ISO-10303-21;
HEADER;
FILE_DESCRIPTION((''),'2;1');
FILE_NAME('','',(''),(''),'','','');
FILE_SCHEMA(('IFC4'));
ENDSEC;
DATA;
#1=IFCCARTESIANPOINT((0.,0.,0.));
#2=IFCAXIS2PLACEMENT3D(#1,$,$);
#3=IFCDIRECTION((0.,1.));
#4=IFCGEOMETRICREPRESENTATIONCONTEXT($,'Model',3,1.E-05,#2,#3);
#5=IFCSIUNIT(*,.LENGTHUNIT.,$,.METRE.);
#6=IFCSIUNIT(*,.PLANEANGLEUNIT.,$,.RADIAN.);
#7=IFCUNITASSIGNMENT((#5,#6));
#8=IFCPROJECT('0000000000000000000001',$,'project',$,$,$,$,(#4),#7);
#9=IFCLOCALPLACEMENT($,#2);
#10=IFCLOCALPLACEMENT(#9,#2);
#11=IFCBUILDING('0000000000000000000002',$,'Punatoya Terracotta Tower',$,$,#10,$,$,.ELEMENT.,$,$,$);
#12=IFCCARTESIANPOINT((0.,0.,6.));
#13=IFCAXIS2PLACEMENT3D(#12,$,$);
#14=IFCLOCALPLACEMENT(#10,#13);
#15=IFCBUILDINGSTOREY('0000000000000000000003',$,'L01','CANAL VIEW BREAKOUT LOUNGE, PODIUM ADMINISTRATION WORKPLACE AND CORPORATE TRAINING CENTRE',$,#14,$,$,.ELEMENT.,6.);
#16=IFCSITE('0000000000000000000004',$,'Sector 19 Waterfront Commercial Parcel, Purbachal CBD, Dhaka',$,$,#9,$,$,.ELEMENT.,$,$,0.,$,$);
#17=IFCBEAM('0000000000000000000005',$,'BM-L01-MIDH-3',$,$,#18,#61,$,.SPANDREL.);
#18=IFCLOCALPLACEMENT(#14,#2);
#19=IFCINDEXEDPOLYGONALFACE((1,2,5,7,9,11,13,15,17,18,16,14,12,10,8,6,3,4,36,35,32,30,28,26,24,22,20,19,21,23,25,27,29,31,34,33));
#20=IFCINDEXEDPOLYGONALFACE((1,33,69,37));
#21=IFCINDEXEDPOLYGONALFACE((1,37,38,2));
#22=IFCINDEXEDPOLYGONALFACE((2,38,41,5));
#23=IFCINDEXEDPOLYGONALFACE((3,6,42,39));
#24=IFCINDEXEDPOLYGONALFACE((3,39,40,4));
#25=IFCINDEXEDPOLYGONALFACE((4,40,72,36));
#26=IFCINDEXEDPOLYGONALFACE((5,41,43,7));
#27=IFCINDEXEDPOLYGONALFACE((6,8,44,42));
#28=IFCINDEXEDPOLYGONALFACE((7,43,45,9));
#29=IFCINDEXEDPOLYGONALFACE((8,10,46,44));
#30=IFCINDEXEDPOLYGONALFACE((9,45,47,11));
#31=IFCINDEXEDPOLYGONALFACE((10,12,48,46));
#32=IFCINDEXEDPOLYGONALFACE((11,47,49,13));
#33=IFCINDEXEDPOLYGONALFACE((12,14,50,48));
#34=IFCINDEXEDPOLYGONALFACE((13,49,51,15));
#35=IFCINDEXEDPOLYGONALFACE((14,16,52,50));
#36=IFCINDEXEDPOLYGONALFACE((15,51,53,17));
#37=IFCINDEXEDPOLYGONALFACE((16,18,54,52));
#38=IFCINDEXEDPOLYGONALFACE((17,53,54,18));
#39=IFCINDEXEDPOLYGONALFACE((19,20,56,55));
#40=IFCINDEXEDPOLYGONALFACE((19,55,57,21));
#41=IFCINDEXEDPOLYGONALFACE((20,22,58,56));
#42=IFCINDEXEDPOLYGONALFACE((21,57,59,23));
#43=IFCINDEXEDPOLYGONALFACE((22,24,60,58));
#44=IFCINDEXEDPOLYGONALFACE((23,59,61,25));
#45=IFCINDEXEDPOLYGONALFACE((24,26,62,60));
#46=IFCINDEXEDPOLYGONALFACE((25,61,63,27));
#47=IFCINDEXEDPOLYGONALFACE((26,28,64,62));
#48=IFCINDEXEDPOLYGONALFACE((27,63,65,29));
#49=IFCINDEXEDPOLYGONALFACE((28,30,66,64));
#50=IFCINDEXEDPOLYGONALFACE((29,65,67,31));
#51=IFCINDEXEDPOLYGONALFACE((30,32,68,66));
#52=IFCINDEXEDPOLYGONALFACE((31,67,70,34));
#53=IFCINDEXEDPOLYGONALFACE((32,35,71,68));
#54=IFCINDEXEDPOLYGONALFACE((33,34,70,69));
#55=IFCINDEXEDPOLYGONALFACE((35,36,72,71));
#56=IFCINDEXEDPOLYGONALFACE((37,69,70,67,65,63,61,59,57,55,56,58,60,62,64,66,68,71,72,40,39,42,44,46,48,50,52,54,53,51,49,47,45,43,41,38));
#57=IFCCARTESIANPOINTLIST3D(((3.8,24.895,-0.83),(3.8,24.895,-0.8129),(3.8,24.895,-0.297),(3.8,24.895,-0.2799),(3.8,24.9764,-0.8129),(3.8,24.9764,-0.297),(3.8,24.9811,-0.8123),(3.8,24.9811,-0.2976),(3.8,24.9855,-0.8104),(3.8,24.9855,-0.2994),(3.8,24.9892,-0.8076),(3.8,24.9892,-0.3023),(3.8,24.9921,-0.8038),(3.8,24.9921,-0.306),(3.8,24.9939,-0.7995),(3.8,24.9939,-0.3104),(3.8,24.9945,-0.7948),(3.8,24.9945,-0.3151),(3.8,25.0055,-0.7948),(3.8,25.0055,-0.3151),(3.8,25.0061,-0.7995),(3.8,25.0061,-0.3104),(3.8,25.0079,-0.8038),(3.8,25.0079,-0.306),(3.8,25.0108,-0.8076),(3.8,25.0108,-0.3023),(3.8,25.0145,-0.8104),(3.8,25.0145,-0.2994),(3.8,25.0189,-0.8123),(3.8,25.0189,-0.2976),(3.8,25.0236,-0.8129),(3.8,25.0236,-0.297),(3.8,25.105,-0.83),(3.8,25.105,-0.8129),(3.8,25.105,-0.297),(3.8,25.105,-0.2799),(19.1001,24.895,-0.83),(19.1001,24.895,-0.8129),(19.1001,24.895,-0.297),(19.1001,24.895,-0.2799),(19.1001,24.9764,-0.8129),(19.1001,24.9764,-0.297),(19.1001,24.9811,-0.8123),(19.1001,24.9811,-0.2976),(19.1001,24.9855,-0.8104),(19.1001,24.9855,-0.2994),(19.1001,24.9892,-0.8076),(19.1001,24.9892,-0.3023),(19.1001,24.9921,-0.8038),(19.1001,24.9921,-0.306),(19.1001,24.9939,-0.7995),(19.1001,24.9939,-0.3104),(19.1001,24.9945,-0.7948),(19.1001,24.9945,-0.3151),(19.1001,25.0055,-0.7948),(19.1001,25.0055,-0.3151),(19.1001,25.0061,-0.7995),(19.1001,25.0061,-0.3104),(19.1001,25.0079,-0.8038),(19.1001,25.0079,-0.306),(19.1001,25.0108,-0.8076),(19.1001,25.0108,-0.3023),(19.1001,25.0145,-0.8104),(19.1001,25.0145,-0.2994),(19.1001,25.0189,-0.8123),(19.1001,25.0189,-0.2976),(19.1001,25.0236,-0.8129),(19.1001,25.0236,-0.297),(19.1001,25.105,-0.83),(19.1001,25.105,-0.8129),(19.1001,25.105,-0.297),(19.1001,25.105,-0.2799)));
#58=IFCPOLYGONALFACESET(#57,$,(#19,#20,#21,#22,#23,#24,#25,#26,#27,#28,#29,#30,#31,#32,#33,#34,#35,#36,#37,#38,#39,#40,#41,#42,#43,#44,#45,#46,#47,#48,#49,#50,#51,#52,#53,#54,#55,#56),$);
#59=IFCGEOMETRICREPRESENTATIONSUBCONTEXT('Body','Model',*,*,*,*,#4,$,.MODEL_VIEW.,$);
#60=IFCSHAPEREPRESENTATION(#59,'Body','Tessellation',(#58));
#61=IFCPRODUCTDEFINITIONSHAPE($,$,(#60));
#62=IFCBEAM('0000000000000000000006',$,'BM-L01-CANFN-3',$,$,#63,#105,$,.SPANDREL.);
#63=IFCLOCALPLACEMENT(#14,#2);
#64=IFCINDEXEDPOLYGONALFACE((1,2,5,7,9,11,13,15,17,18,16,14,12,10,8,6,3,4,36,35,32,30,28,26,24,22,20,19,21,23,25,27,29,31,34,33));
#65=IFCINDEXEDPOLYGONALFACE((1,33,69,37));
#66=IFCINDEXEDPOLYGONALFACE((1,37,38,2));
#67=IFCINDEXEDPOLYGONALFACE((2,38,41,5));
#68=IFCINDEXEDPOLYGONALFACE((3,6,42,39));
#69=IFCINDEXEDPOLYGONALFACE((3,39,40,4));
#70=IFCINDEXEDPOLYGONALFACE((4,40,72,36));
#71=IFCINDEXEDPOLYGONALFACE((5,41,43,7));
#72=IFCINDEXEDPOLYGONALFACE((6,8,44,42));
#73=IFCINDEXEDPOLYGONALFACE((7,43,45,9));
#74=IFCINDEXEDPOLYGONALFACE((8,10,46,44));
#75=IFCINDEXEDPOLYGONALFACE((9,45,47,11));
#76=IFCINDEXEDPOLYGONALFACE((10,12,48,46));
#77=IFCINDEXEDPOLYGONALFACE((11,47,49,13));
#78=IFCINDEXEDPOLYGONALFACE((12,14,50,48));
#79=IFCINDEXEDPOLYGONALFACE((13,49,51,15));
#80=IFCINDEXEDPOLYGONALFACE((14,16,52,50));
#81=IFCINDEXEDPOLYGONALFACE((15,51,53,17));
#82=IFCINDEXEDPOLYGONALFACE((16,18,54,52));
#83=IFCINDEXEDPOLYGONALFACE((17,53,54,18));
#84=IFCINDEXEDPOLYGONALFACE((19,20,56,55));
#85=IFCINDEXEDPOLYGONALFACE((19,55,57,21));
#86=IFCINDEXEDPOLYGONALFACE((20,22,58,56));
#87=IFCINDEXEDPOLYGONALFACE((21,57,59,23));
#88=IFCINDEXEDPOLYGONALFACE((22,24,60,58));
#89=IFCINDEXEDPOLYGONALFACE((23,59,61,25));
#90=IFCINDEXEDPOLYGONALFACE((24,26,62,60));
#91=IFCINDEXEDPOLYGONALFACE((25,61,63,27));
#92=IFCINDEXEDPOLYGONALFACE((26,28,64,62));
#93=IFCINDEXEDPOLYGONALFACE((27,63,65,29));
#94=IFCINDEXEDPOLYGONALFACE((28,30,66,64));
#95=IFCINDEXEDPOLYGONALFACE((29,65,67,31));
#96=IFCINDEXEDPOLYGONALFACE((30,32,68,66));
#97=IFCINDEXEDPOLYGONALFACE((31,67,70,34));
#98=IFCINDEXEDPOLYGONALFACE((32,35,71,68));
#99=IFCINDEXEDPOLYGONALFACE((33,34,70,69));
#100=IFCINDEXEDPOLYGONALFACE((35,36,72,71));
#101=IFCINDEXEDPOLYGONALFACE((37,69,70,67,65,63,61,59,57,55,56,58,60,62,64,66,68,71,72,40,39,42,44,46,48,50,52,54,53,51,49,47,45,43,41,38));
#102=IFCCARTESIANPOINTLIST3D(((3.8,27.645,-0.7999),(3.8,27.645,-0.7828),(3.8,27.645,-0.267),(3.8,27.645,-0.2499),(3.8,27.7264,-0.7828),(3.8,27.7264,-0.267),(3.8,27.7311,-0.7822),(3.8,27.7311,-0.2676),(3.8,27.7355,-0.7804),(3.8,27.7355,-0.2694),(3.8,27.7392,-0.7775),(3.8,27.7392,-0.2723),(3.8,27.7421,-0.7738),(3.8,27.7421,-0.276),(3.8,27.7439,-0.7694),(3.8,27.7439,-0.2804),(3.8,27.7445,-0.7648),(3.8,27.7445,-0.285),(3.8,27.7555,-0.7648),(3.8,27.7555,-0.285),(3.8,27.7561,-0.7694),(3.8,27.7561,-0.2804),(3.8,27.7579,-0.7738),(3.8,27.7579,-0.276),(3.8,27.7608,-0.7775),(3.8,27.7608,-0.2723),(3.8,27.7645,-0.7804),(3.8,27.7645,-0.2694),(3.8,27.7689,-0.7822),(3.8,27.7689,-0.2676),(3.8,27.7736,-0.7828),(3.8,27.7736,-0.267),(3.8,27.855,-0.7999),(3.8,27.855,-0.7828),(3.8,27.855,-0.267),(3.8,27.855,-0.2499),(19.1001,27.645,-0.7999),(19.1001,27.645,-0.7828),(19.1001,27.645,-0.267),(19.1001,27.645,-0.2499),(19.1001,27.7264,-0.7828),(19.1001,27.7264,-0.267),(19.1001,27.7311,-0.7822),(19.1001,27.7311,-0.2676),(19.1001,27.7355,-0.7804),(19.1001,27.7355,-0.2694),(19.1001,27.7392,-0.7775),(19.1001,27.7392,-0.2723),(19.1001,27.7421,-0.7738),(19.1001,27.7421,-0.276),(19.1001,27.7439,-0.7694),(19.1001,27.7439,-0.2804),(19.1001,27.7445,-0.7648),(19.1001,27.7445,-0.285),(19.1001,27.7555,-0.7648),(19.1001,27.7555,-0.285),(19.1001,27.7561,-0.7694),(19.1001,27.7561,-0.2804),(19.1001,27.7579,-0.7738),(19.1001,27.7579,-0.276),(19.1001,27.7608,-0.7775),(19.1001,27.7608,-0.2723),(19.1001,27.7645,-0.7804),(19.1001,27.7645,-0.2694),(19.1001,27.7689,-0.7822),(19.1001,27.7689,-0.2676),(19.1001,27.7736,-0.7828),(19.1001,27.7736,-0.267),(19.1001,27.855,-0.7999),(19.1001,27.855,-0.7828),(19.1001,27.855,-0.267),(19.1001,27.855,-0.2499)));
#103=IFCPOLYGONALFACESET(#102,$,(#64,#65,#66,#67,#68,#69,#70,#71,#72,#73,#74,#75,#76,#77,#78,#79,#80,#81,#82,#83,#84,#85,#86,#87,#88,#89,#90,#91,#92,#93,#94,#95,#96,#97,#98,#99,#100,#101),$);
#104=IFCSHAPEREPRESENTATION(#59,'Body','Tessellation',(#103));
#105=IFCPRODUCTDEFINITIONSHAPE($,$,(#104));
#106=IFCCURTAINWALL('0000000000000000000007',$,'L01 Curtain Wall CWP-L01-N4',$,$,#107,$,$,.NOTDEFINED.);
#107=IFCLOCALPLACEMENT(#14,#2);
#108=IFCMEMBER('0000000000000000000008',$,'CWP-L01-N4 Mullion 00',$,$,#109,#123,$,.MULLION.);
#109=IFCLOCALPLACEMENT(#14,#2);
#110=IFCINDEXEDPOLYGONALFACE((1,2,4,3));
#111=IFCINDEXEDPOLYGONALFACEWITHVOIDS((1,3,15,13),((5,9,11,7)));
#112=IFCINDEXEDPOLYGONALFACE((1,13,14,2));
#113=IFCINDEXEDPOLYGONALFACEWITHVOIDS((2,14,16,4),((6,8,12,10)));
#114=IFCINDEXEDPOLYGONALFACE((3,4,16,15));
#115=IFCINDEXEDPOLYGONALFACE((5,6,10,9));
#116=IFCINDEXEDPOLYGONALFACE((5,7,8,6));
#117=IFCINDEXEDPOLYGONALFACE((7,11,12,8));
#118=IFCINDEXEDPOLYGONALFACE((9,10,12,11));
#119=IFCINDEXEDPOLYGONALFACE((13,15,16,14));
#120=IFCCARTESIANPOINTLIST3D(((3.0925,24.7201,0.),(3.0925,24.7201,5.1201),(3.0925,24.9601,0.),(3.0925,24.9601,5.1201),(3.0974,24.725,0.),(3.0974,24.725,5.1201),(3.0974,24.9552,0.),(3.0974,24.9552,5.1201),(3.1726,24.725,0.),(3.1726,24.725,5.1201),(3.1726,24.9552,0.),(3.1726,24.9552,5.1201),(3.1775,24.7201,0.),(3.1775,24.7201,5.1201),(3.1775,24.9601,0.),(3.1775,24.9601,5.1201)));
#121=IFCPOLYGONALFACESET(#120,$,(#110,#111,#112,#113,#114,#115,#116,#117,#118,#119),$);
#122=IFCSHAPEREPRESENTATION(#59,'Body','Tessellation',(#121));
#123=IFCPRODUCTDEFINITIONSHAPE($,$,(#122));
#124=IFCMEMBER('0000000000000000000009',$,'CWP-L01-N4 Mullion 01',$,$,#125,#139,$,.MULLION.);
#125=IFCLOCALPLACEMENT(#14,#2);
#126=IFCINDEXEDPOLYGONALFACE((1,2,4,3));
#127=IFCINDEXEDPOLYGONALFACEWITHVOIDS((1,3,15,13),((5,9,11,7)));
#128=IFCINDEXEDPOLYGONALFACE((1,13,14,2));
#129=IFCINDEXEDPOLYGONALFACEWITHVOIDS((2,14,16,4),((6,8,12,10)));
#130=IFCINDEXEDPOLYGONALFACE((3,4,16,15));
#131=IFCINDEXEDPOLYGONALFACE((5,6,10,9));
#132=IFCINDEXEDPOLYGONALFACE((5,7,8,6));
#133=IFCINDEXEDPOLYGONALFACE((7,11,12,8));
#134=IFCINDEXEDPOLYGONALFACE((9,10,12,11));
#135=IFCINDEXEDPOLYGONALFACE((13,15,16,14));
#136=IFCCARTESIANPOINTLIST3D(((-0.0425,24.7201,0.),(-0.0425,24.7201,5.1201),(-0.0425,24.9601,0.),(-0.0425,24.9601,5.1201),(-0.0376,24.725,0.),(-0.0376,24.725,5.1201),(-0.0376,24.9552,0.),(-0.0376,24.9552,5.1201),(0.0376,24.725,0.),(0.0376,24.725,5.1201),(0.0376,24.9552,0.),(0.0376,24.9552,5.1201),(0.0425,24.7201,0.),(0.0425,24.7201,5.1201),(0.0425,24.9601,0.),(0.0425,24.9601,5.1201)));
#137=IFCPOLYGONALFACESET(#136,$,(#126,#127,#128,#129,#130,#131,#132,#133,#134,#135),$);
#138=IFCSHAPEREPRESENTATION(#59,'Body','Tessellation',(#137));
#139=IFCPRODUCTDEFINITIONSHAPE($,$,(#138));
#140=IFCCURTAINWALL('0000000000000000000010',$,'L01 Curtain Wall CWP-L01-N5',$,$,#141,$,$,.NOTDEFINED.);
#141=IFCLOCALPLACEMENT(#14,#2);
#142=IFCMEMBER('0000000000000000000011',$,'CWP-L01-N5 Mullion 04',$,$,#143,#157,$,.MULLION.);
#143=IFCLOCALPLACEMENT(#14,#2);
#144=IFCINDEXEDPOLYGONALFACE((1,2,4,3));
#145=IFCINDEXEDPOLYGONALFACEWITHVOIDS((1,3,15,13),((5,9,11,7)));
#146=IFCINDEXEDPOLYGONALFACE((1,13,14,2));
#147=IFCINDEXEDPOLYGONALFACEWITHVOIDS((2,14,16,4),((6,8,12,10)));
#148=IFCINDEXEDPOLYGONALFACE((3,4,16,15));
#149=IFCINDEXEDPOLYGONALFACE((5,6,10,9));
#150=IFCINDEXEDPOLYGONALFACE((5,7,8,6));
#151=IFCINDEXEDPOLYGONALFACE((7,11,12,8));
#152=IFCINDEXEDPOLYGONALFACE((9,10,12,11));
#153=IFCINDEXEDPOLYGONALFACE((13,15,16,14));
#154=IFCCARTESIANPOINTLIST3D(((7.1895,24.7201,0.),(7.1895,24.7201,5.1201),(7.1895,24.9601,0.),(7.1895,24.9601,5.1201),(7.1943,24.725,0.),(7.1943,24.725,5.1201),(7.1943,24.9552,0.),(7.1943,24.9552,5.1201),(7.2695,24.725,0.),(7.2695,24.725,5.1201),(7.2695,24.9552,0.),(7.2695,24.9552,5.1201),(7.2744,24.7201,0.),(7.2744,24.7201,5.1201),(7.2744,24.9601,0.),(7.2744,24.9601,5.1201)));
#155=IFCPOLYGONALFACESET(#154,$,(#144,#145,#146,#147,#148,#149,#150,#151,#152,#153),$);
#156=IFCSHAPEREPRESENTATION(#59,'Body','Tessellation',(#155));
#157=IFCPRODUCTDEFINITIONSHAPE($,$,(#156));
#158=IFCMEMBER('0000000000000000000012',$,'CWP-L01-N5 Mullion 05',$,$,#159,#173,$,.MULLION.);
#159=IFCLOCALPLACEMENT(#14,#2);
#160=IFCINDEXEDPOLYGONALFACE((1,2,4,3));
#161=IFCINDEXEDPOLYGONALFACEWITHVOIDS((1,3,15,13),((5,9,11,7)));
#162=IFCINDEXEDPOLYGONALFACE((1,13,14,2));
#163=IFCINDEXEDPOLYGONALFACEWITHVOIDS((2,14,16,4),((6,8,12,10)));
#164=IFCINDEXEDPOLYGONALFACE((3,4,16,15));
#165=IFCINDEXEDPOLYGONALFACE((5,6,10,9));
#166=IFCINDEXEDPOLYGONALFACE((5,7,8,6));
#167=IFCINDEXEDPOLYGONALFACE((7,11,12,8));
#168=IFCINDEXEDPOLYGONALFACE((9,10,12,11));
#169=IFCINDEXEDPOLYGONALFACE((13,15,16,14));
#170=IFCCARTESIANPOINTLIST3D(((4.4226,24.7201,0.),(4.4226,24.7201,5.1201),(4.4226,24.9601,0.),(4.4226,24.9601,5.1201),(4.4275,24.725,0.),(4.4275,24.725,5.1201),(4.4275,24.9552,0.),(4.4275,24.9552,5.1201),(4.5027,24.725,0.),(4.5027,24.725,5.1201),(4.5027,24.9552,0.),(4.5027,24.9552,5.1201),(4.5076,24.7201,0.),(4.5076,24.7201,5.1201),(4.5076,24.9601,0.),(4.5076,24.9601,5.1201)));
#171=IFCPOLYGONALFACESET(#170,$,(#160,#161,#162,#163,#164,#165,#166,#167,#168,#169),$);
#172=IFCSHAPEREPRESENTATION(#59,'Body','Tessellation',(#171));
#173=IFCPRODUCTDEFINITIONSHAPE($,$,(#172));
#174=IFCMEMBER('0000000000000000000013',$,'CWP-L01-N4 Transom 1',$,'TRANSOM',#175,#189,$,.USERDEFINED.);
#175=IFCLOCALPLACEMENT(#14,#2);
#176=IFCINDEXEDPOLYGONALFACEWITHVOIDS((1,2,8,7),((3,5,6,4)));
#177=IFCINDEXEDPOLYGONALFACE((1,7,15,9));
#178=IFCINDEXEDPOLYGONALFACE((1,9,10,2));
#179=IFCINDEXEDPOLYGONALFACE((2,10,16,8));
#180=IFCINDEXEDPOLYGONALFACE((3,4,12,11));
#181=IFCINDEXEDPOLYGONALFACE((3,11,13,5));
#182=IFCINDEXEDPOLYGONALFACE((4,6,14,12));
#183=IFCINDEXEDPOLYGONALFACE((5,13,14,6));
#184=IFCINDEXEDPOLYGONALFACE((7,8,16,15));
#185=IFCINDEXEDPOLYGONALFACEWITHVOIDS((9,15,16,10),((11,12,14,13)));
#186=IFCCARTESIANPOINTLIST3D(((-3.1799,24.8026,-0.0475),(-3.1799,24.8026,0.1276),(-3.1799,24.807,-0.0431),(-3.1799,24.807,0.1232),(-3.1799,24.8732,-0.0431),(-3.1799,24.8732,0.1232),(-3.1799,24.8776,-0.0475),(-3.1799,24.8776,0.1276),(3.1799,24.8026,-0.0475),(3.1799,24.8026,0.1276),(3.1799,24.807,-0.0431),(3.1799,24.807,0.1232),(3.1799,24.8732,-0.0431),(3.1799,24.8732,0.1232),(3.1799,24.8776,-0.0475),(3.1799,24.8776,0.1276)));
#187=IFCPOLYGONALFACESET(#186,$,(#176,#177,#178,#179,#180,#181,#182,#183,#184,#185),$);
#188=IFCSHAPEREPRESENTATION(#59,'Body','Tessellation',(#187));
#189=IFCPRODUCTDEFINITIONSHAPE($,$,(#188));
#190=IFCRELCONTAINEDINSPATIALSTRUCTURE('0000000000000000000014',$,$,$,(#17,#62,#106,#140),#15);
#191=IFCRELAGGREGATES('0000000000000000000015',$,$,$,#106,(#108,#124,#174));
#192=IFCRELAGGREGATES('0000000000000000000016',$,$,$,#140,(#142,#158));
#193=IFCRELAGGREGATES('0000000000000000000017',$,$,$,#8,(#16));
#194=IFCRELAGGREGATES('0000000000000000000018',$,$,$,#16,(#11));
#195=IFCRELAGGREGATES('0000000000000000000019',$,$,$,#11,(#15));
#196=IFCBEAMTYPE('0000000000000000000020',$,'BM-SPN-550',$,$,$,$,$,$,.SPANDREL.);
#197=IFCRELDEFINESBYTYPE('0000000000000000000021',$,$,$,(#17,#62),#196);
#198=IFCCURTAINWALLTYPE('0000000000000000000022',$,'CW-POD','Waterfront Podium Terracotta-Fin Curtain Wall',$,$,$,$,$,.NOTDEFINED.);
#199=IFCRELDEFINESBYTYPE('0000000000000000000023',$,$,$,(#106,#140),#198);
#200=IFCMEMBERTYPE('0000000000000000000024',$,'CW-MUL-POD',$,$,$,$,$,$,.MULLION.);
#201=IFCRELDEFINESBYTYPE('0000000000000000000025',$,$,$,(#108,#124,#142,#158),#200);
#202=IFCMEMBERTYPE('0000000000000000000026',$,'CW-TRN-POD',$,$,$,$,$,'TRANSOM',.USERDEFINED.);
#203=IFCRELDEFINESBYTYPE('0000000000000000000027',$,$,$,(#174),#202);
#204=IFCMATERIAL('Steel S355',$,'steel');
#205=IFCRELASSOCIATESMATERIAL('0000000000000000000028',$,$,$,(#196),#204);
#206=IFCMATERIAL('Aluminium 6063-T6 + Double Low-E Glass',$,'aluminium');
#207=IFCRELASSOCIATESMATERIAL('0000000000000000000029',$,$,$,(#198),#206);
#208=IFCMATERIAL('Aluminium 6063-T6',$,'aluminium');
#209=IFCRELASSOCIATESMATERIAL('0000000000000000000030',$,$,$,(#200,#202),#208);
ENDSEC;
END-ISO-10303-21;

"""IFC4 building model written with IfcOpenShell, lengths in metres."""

from ifc_helpers import new_model, si_unit, direction, frame, origin, origin_2d, place, context, subcontext, project, spatial, hollow_rectangle, i_section, extrude, material, material_profile, profile_set, type_object, element, aggregate, save


model = new_model("IFC4")

# Units and contexts
model_context = context("Model", 3, precision=1e-05, world=origin(), true_north=direction((0.0, 1.0)))
body_context = subcontext(model_context, "Body", "Model", "MODEL_VIEW")
ifc_project = project(units=[si_unit("LENGTHUNIT", "METRE"), si_unit("PLANEANGLEUNIT", "RADIAN")], contexts=[model_context])

# Site, building, storey
site_placement = place(None, origin())
site = spatial("IfcSite", under=ifc_project, at=site_placement, Name="Sector 19 Waterfront Commercial Parcel, Purbachal CBD, Dhaka", CompositionType="ELEMENT", RefElevation=0.0)
building_placement = place(site_placement, origin())
building = spatial("IfcBuilding", under=site, at=building_placement, Name="Punatoya Terracotta Tower", CompositionType="ELEMENT")
storey_placement = place(building_placement, frame((0.0, 0.0, 6.0)))
storey = spatial("IfcBuildingStorey", under=building, at=storey_placement, Name="L01", Description="CANAL VIEW BREAKOUT LOUNGE, PODIUM ADMINISTRATION WORKPLACE AND CORPORATE TRAINING CENTRE", CompositionType="ELEMENT", Elevation=6.0)

# Beams
ifc_material_1 = material(Name="Steel S355", Category="steel")
ifc_material_profile_1 = material_profile(ifc_material_1, i_section(OverallWidth=0.21, OverallDepth=0.55, WebThickness=0.011, FlangeThickness=0.0171, FilletRadius=0.0181, at=origin_2d()))
ifc_profile_set_1 = profile_set([ifc_material_profile_1], Name="Steel S355")
beam_type_1 = type_object("IfcBeamType", Name="BM-SPN-550", PredefinedType="SPANDREL", material=ifc_profile_set_1)
for number, where, z_axis, x_axis, name in (
    (1, (3.8, 25.0, -0.5549), (1.0, 0.0, 0.0), (0.0, 1.0, 0.0), "BM-L01-MIDH-3"),
    (2, (3.8, 27.75, -0.5249), (1.0, 0.0, 0.0), (0.0, 1.0, 0.0), "BM-L01-CANFN-3"),
):
    element("IfcBeam", number, at=place(storey_placement, frame(where, z_axis=z_axis, x_axis=x_axis)), inside=storey, type_object=beam_type_1, Name=name, PredefinedType="SPANDREL", context=body_context, shape_type="SweptSolid", body=[
        extrude(i_section(OverallWidth=0.21, OverallDepth=0.55, WebThickness=0.011, FlangeThickness=0.0171, FilletRadius=0.0181, at=origin_2d()), origin(), (0.0, 0.0, 1.0), 15.3),
    ])

# Curtain walls, members
ifc_material_2 = material(Name="Aluminium 6063-T6 + Double Low-E Glass", Category="aluminium")
curtain_wall_type = type_object("IfcCurtainWallType", Name="CW-POD", Description="Waterfront Podium Terracotta-Fin Curtain Wall", PredefinedType="NOTDEFINED", material=ifc_material_2)
curtain_wall_1_placement = place(storey_placement, origin())
curtain_wall_1 = element("IfcCurtainWall", 3, at=curtain_wall_1_placement, inside=storey, type_object=curtain_wall_type, Name="L01 Curtain Wall CWP-L01-N4", PredefinedType="NOTDEFINED")
ifc_material_3 = material(Name="Aluminium 6063-T6", Category="aluminium")
ifc_material_profile_2 = material_profile(ifc_material_3, hollow_rectangle(XDim=0.085, YDim=0.24, WallThickness=0.0049, at=origin_2d()))
ifc_profile_set_2 = profile_set([ifc_material_profile_2], Name="Aluminium 6063-T6")
member_type_1 = type_object("IfcMemberType", Name="CW-MUL-POD", PredefinedType="MULLION", material=ifc_profile_set_2)
member_1_placement = place(storey_placement, frame((3.135, 24.8401, 0.0), z_axis=(0.0, 0.0, 1.0), x_axis=(1.0, 0.0, 0.0)))
member_1 = element("IfcMember", 4, at=member_1_placement, type_object=member_type_1, Name="CWP-L01-N4 Mullion 00", PredefinedType="MULLION", context=body_context, shape_type="SweptSolid", body=[
    extrude(hollow_rectangle(XDim=0.085, YDim=0.24, WallThickness=0.0049, at=origin_2d()), origin(), (0.0, 0.0, 1.0), 5.1201),
])
member_2_placement = place(storey_placement, frame((0.0, 24.8401, 0.0), z_axis=(0.0, 0.0, 1.0), x_axis=(1.0, 0.0, 0.0)))
member_2 = element("IfcMember", 5, at=member_2_placement, type_object=member_type_1, Name="CWP-L01-N4 Mullion 01", PredefinedType="MULLION", context=body_context, shape_type="SweptSolid", body=[
    extrude(hollow_rectangle(XDim=0.085, YDim=0.24, WallThickness=0.0049, at=origin_2d()), origin(), (0.0, 0.0, 1.0), 5.1201),
])
curtain_wall_2_placement = place(storey_placement, origin())
curtain_wall_2 = element("IfcCurtainWall", 6, at=curtain_wall_2_placement, inside=storey, type_object=curtain_wall_type, Name="L01 Curtain Wall CWP-L01-N5", PredefinedType="NOTDEFINED")
member_3_placement = place(storey_placement, frame((7.2319, 24.8401, 0.0), z_axis=(0.0, 0.0, 1.0), x_axis=(1.0, 0.0, 0.0)))
member_3 = element("IfcMember", 7, at=member_3_placement, type_object=member_type_1, Name="CWP-L01-N5 Mullion 04", PredefinedType="MULLION", context=body_context, shape_type="SweptSolid", body=[
    extrude(hollow_rectangle(XDim=0.085, YDim=0.24, WallThickness=0.0049, at=origin_2d()), origin(), (0.0, 0.0, 1.0), 5.1201),
])
member_4_placement = place(storey_placement, frame((4.4651, 24.8401, 0.0), z_axis=(0.0, 0.0, 1.0), x_axis=(1.0, 0.0, 0.0)))
member_4 = element("IfcMember", 8, at=member_4_placement, type_object=member_type_1, Name="CWP-L01-N5 Mullion 05", PredefinedType="MULLION", context=body_context, shape_type="SweptSolid", body=[
    extrude(hollow_rectangle(XDim=0.085, YDim=0.24, WallThickness=0.0049, at=origin_2d()), origin(), (0.0, 0.0, 1.0), 5.1201),
])

# Member
ifc_material_profile_3 = material_profile(ifc_material_3, hollow_rectangle(XDim=0.075, YDim=0.175, WallThickness=0.0044, at=origin_2d()))
ifc_profile_set_3 = profile_set([ifc_material_profile_3], Name="Aluminium 6063-T6")
member_type_2 = type_object("IfcMemberType", Name="CW-TRN-POD", ElementType="TRANSOM", PredefinedType="USERDEFINED", material=ifc_profile_set_3)
member_5_placement = place(storey_placement, frame((3.1799, 24.8401, 0.04), z_axis=(-1.0, 0.0, 0.0), x_axis=(0.0, -1.0, 0.0)))
member_5 = element("IfcMember", 9, at=member_5_placement, type_object=member_type_2, Name="CWP-L01-N4 Transom 1", ObjectType="TRANSOM", PredefinedType="USERDEFINED", context=body_context, shape_type="SweptSolid", body=[
    extrude(hollow_rectangle(XDim=0.075, YDim=0.175, WallThickness=0.0044, at=origin_2d()), origin(), (0.0, 0.0, 1.0), 6.3599),
])

aggregate(curtain_wall_1, [member_1, member_2, member_5])
aggregate(curtain_wall_2, [member_3, member_4])

save(model, "model.ifc")
